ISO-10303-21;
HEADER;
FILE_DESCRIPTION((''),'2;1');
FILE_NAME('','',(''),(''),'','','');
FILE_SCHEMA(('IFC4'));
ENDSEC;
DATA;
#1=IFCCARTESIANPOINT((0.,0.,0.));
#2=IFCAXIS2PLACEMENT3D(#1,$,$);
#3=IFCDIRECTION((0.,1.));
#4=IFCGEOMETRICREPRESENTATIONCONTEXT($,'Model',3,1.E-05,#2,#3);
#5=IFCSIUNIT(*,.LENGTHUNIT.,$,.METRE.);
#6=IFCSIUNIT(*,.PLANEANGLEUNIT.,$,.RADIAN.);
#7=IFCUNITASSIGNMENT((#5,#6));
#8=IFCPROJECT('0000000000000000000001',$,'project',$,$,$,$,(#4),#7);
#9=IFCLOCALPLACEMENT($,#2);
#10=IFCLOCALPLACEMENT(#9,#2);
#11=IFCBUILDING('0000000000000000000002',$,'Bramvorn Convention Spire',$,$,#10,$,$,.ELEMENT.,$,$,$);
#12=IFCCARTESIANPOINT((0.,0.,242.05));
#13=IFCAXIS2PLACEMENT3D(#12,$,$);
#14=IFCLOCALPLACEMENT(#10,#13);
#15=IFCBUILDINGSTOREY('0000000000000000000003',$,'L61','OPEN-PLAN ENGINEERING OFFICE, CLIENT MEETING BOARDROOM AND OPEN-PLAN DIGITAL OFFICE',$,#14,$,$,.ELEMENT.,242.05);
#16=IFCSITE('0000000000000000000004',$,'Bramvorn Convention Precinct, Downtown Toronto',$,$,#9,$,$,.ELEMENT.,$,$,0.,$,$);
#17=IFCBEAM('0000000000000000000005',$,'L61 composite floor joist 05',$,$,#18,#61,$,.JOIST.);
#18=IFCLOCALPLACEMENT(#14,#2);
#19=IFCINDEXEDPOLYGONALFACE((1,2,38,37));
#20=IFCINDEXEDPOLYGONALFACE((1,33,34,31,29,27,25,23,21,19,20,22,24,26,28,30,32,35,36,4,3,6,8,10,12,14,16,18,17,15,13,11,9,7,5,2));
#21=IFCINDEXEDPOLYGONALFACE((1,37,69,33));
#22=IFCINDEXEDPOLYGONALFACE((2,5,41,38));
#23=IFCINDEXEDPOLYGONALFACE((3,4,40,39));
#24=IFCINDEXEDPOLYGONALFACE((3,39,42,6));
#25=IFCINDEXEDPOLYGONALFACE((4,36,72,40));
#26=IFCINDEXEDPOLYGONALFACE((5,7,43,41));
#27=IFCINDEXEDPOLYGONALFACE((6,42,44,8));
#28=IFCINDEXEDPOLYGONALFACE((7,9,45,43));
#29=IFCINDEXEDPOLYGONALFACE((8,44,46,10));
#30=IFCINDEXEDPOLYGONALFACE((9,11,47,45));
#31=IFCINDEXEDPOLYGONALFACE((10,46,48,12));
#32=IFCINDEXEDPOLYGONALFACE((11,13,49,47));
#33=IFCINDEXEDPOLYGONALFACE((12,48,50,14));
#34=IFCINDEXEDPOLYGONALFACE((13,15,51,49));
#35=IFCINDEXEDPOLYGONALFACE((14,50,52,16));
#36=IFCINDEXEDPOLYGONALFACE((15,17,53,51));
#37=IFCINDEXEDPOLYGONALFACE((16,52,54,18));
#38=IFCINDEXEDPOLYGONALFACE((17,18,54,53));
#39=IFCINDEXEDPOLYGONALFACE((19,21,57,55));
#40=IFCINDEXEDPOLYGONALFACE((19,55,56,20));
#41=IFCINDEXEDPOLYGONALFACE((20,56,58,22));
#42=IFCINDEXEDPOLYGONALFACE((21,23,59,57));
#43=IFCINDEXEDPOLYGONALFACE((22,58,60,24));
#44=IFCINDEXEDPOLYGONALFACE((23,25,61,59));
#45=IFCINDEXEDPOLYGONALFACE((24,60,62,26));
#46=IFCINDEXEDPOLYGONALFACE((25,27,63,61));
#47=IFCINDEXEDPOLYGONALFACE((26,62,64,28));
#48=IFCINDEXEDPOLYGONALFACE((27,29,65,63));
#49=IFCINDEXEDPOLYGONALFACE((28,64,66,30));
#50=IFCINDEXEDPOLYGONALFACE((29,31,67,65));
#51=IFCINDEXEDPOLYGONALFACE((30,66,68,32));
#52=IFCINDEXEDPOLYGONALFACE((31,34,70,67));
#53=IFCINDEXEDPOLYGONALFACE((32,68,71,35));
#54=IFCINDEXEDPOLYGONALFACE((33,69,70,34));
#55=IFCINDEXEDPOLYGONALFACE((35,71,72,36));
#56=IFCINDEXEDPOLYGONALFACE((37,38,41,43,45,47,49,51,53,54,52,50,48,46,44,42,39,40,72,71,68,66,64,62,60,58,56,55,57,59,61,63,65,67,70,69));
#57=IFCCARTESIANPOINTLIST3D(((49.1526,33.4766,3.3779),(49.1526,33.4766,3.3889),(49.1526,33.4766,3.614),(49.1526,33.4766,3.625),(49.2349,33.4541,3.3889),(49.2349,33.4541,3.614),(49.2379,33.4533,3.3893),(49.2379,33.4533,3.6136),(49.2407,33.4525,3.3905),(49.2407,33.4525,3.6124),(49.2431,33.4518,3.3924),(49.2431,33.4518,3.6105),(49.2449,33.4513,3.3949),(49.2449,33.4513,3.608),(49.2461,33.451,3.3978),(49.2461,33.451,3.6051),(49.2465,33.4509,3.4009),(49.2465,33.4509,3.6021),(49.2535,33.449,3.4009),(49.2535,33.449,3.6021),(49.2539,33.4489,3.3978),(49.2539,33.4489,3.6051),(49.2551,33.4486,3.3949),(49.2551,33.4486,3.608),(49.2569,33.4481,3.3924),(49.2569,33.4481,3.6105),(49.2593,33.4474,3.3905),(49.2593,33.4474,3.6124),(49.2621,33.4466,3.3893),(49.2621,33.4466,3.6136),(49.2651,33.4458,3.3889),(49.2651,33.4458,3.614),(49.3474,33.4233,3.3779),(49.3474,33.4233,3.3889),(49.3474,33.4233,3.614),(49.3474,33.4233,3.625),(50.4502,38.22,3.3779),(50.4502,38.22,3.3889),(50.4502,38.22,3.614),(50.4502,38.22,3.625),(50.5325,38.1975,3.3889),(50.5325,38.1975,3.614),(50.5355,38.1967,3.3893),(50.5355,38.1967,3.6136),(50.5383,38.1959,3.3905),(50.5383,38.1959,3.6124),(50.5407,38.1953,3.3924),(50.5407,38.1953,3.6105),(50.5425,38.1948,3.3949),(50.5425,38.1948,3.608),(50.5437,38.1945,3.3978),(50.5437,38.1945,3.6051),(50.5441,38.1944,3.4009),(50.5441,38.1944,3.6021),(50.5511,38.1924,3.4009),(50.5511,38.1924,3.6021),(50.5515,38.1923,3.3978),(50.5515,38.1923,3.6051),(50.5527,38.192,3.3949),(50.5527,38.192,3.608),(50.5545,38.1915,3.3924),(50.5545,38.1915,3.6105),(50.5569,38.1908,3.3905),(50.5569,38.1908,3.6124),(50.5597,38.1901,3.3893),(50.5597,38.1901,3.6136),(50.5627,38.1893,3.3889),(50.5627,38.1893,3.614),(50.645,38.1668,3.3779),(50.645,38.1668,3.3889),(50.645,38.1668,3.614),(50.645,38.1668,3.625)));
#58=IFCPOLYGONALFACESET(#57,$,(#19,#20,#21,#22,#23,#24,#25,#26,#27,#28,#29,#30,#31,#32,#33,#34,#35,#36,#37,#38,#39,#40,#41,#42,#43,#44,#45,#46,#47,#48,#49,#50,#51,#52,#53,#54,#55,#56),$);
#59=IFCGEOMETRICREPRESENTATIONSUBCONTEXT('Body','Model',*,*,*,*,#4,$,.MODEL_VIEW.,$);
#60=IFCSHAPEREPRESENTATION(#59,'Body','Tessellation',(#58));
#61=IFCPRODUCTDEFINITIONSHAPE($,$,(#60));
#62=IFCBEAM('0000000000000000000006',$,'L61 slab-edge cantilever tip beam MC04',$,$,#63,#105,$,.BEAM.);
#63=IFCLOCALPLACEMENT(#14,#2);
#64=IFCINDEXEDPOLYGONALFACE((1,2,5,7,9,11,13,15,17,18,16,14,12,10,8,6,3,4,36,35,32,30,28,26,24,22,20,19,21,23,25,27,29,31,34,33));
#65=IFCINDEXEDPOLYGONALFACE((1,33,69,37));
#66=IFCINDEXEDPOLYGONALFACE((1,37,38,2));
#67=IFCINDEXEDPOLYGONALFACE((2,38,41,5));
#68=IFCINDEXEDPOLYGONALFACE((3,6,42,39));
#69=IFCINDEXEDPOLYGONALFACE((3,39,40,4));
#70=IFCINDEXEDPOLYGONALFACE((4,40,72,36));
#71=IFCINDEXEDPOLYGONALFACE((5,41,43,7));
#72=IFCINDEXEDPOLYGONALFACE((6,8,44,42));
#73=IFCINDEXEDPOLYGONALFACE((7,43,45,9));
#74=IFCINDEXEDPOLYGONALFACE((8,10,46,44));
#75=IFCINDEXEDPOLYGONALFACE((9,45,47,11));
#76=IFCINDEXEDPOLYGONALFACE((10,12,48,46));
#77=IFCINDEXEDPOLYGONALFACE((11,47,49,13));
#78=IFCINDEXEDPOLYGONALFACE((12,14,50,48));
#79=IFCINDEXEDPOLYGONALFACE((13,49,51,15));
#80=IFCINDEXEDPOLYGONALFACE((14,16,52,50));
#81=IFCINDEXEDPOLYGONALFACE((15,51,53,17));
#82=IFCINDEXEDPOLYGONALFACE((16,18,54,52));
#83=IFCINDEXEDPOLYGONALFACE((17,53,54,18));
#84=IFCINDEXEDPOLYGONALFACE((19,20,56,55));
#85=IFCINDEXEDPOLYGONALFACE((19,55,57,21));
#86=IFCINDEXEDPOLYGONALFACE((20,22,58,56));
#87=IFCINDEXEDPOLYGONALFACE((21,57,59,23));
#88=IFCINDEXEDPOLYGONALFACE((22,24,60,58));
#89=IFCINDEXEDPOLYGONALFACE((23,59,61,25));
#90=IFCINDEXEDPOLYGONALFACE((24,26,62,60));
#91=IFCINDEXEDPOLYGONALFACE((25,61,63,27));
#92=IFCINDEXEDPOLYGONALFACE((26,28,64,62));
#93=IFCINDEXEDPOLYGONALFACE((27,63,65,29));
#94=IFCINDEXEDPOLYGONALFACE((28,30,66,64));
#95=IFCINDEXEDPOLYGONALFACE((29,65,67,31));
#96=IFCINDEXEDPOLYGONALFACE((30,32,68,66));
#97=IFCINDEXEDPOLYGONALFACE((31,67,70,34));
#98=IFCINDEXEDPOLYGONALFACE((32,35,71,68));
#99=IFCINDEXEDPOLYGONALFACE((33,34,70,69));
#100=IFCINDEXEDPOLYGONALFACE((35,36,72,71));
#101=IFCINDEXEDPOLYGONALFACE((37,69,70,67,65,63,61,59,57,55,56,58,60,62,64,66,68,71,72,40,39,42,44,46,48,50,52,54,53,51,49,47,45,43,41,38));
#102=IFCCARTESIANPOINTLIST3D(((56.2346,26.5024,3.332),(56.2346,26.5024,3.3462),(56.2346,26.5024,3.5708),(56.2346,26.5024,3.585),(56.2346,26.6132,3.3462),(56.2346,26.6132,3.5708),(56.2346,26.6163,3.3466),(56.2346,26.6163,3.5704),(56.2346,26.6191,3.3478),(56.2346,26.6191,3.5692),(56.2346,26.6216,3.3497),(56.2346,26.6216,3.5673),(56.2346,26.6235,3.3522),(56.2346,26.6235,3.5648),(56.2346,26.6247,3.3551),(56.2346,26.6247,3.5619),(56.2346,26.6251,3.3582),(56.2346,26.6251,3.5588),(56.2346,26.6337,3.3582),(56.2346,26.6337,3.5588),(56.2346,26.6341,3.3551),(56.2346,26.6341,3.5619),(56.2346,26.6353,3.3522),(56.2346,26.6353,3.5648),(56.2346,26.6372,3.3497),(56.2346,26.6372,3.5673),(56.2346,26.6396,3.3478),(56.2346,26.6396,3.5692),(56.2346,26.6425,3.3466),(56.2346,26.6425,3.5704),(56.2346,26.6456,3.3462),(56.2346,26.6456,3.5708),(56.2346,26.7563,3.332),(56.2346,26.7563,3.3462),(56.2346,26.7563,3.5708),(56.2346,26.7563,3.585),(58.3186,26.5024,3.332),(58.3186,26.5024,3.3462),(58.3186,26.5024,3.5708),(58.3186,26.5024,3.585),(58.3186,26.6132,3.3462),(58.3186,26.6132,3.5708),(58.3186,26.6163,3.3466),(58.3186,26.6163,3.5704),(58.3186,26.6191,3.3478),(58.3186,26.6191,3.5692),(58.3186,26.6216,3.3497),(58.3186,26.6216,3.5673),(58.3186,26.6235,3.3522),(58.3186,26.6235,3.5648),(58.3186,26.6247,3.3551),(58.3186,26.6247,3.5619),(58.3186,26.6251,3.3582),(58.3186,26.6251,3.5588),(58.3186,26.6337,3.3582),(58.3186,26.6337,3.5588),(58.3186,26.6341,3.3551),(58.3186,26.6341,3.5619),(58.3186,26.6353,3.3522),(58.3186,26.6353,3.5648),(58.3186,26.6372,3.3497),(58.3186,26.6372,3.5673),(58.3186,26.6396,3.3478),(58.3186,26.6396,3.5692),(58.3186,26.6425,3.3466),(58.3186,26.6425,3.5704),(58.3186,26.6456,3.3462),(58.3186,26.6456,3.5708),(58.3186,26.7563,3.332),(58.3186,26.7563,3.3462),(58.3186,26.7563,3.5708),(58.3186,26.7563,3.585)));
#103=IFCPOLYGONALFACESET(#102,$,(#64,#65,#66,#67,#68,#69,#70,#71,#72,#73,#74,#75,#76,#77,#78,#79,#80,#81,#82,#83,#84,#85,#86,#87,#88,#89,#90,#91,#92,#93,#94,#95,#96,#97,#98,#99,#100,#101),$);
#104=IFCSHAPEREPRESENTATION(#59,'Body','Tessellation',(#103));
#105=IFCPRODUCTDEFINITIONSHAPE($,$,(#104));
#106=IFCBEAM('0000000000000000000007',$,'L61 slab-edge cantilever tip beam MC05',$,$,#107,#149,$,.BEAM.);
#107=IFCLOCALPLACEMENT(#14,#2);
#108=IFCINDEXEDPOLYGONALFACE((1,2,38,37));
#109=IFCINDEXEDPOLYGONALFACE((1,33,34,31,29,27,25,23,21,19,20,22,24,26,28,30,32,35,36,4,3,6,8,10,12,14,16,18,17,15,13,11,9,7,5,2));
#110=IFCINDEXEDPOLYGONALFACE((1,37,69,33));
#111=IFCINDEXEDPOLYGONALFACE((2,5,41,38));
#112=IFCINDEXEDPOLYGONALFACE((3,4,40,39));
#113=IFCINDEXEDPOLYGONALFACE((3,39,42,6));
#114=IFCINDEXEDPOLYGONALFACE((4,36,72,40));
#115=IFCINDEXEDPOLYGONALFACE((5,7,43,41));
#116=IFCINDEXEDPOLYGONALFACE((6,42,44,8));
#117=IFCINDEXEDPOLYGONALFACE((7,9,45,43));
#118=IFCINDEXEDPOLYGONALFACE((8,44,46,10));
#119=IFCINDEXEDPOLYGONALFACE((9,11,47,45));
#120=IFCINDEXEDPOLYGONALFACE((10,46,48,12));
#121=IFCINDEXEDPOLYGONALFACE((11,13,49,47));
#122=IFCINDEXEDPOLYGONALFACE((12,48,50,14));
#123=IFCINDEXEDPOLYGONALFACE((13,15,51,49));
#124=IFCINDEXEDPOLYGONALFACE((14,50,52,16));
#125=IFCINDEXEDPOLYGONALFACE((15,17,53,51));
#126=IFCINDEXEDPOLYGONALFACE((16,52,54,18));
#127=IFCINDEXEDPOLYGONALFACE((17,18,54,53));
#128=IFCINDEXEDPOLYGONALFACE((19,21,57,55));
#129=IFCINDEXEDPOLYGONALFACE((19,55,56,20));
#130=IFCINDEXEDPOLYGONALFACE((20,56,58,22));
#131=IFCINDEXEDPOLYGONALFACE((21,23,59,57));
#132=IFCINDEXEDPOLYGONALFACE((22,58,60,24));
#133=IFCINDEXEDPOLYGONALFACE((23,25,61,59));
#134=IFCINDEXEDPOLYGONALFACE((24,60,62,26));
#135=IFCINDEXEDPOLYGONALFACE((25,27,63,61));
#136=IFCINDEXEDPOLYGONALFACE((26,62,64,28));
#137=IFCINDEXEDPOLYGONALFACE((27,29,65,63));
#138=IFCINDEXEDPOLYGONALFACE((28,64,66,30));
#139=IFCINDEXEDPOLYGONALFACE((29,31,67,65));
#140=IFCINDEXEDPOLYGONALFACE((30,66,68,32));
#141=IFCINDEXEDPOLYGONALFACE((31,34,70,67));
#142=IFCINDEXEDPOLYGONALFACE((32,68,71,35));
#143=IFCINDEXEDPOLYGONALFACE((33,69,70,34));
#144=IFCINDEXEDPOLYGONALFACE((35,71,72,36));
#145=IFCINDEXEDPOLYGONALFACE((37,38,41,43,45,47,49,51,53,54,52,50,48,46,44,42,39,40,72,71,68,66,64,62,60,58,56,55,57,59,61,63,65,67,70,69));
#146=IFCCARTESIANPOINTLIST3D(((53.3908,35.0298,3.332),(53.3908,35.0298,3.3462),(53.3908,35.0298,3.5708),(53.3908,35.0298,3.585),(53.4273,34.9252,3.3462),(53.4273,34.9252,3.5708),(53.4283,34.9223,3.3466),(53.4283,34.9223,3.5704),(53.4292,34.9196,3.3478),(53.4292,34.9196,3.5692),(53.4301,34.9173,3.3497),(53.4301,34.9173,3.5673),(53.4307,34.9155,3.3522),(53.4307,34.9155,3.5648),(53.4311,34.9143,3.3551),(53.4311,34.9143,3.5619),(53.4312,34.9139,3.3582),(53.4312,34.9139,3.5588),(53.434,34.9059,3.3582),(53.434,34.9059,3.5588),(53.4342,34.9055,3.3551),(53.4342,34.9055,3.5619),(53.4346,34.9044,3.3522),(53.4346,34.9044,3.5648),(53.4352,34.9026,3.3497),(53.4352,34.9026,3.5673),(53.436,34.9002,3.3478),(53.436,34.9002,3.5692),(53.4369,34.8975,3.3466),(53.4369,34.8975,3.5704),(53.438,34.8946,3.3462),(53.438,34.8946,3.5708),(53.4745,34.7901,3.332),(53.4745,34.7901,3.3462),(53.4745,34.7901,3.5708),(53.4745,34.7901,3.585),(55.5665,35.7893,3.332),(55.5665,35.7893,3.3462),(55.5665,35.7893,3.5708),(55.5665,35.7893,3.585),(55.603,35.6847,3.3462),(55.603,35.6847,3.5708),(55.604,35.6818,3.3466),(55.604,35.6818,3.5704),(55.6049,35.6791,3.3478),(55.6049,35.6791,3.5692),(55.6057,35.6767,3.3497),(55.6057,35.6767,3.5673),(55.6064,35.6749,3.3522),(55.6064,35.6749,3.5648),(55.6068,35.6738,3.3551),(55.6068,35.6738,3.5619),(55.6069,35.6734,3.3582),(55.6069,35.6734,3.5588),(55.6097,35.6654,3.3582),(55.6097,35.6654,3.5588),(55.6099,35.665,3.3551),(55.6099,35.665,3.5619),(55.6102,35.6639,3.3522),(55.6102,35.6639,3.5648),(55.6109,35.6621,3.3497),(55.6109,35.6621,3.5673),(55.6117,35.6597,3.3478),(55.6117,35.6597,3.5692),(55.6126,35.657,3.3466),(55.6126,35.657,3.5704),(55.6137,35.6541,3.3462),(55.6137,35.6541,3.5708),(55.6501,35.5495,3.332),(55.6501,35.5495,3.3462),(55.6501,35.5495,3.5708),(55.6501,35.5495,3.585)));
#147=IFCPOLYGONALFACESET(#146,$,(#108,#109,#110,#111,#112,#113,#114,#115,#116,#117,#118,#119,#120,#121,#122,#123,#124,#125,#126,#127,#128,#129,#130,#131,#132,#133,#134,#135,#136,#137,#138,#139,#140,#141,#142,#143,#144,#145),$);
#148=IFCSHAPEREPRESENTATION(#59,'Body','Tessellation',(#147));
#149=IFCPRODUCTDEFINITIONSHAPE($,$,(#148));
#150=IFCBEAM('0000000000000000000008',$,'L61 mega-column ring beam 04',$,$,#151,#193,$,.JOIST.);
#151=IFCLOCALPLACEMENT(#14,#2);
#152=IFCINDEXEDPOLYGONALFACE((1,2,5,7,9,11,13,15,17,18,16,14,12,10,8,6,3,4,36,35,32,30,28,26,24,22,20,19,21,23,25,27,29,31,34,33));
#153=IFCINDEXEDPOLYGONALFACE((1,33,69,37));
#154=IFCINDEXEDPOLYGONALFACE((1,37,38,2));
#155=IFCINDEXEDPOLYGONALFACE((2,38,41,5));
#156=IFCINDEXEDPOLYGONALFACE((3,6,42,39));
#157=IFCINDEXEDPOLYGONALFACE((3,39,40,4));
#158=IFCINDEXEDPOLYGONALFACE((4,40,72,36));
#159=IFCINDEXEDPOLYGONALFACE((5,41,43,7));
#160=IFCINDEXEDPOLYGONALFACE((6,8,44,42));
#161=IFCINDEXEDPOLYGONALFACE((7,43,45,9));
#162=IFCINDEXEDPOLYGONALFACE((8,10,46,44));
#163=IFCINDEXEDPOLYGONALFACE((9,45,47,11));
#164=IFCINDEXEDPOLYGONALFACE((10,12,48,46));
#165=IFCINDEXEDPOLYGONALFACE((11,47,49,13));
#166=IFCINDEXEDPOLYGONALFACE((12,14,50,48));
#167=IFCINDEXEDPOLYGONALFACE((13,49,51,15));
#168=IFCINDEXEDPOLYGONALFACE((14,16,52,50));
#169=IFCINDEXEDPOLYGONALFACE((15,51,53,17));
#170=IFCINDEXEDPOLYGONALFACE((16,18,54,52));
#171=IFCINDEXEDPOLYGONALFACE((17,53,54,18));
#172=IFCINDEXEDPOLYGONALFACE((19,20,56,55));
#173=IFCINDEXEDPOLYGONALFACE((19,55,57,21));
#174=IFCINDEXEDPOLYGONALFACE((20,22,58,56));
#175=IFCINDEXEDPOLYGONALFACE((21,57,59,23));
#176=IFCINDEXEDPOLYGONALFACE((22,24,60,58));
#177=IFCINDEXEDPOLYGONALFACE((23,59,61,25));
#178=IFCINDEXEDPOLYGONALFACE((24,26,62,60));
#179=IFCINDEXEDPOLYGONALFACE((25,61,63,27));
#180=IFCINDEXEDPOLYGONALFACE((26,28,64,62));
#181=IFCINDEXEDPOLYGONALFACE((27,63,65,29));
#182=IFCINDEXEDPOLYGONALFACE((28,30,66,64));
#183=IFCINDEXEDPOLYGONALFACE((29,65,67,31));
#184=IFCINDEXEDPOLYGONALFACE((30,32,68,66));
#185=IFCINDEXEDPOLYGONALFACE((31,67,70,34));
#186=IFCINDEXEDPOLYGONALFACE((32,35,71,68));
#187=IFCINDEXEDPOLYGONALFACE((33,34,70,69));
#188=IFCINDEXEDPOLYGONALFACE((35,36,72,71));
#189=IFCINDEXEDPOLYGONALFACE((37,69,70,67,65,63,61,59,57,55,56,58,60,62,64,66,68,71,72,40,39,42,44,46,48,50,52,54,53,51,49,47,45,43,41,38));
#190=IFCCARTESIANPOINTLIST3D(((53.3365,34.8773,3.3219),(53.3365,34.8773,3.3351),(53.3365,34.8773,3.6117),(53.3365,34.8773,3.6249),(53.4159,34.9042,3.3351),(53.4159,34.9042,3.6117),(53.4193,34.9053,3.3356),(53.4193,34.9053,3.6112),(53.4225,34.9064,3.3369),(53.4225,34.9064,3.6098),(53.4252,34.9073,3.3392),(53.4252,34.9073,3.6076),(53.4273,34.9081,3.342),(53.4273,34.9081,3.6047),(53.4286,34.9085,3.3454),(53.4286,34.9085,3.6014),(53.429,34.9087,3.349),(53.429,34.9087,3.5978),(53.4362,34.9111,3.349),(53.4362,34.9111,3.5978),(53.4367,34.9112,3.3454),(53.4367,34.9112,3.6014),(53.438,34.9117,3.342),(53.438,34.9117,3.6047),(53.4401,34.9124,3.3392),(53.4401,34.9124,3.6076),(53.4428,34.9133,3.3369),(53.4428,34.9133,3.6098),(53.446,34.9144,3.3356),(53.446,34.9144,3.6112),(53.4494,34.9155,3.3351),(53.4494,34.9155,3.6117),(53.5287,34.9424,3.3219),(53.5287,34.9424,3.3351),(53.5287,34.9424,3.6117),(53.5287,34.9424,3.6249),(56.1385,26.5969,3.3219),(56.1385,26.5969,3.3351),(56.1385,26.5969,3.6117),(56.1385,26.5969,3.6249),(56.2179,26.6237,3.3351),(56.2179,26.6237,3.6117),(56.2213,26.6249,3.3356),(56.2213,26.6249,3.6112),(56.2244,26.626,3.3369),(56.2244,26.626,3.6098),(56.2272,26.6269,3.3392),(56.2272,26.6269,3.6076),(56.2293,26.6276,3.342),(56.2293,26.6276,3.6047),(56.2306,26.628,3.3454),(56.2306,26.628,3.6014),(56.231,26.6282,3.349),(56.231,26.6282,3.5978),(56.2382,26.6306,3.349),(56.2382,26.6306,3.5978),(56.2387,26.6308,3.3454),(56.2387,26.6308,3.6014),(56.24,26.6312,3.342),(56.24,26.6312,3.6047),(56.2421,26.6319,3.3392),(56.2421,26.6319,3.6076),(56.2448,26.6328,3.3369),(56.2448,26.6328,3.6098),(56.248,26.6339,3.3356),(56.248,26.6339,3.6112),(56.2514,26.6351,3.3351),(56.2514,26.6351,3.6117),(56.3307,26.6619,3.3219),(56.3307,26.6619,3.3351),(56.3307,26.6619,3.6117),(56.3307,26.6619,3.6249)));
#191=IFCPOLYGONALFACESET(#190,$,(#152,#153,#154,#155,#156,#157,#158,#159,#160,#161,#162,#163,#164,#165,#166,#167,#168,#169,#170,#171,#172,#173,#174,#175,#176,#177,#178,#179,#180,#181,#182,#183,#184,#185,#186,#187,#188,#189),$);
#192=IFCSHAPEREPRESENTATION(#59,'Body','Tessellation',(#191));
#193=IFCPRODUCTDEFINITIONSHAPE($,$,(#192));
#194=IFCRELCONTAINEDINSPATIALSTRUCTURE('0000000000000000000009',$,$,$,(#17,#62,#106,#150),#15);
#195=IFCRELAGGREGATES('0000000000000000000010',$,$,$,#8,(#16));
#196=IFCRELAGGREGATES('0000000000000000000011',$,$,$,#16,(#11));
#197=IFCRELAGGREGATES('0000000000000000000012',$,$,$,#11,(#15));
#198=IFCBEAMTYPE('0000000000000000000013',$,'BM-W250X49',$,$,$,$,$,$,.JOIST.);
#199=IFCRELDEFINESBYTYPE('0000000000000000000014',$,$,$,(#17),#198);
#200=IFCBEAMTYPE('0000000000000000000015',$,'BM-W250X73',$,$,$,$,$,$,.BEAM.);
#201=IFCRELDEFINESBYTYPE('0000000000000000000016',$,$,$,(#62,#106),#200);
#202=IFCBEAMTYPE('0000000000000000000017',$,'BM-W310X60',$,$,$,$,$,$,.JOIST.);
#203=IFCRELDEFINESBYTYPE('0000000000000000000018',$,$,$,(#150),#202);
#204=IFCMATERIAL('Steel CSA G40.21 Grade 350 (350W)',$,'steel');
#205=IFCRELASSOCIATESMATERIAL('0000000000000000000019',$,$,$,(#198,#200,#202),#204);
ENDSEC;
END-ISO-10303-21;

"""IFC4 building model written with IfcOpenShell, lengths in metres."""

from ifc_helpers import new_model, si_unit, direction, frame, origin, origin_2d, place, context, subcontext, project, spatial, i_section, extrude, material, material_profile, profile_set, type_object, element, save


model = new_model("IFC4")

# Units and contexts
model_context = context("Model", 3, precision=1e-05, world=origin(), true_north=direction((0.0, 1.0)))
body_context = subcontext(model_context, "Body", "Model", "MODEL_VIEW")
ifc_project = project(units=[si_unit("LENGTHUNIT", "METRE"), si_unit("PLANEANGLEUNIT", "RADIAN")], contexts=[model_context])

# Site, building, storey
site_placement = place(None, origin())
site = spatial("IfcSite", under=ifc_project, at=site_placement, Name="Bramvorn Convention Precinct, Downtown Toronto", CompositionType="ELEMENT", RefElevation=0.0)
building_placement = place(site_placement, origin())
building = spatial("IfcBuilding", under=site, at=building_placement, Name="Bramvorn Convention Spire", CompositionType="ELEMENT")
storey_placement = place(building_placement, frame((0.0, 0.0, 242.05)))
storey = spatial("IfcBuildingStorey", under=building, at=storey_placement, Name="L61", Description="OPEN-PLAN ENGINEERING OFFICE, CLIENT MEETING BOARDROOM AND OPEN-PLAN DIGITAL OFFICE", CompositionType="ELEMENT", Elevation=242.05)

# Shared definitions
ifc_material_1 = material(Name="Steel CSA G40.21 Grade 350 (350W)", Category="steel")

# Beams
ifc_material_profile_1 = material_profile(ifc_material_1, i_section(OverallWidth=0.2019, OverallDepth=0.2471, WebThickness=0.0073, FlangeThickness=0.011, FilletRadius=0.012, at=origin_2d()))
ifc_profile_set_1 = profile_set([ifc_material_profile_1], Name="Steel CSA G40.21 Grade 350 (350W) - W250X49")
beam_type_1 = type_object("IfcBeamType", Name="BM-W250X49", PredefinedType="JOIST", material=ifc_profile_set_1)
beam_1_placement = place(storey_placement, frame((49.25, 33.45, 3.5015), z_axis=(0.263865, 0.96456, 0.0), x_axis=(-0.96456, 0.263865, 0.0)))
element("IfcBeam", 1, at=beam_1_placement, inside=storey, type_object=beam_type_1, Name="L61 composite floor joist 05", PredefinedType="JOIST", context=body_context, shape_type="SweptSolid", body=[
    extrude(i_section(OverallWidth=0.2019, OverallDepth=0.2471, WebThickness=0.0073, FlangeThickness=0.011, FilletRadius=0.012, at=origin_2d()), origin(), (0.0, 0.0, 1.0), 4.9177),
])
ifc_material_profile_2 = material_profile(ifc_material_1, i_section(OverallWidth=0.2539, OverallDepth=0.2529, WebThickness=0.0085, FlangeThickness=0.0142, FilletRadius=0.012, at=origin_2d()))
ifc_profile_set_2 = profile_set([ifc_material_profile_2], Name="Steel CSA G40.21 Grade 350 (350W) - W250X73")
beam_type_2 = type_object("IfcBeamType", Name="BM-W250X73", PredefinedType="BEAM", material=ifc_profile_set_2)
beam_2_placement = place(storey_placement, frame((56.2346, 26.6294, 3.4585), z_axis=(1.0, 0.0, 0.0), x_axis=(0.0, 1.0, 0.0)))
element("IfcBeam", 2, at=beam_2_placement, inside=storey, type_object=beam_type_2, Name="L61 slab-edge cantilever tip beam MC04", PredefinedType="BEAM", context=body_context, shape_type="SweptSolid", body=[
    extrude(i_section(OverallWidth=0.2539, OverallDepth=0.2529, WebThickness=0.0085, FlangeThickness=0.0142, FilletRadius=0.012, at=origin_2d()), origin(), (0.0, 0.0, 1.0), 2.084),
])
beam_3_placement = place(storey_placement, frame((53.4326, 34.9099, 3.4585), z_axis=(0.944129, 0.329576, 0.0), x_axis=(-0.329576, 0.944129, 0.0)))
element("IfcBeam", 3, at=beam_3_placement, inside=storey, type_object=beam_type_2, Name="L61 slab-edge cantilever tip beam MC05", PredefinedType="BEAM", context=body_context, shape_type="SweptSolid", body=[
    extrude(i_section(OverallWidth=0.2539, OverallDepth=0.2529, WebThickness=0.0085, FlangeThickness=0.0142, FilletRadius=0.012, at=origin_2d()), origin(), (0.0, 0.0, 1.0), 2.3044),
])
ifc_material_profile_3 = material_profile(ifc_material_1, i_section(OverallWidth=0.2029, OverallDepth=0.303, WebThickness=0.0076, FlangeThickness=0.0132, FilletRadius=0.0139, at=origin_2d()))
ifc_profile_set_3 = profile_set([ifc_material_profile_3], Name="Steel CSA G40.21 Grade 350 (350W) - W310X60")
beam_type_3 = type_object("IfcBeamType", Name="BM-W310X60", PredefinedType="JOIST", material=ifc_profile_set_3)
beam_4_placement = place(storey_placement, frame((56.2346, 26.6294, 3.4734), z_axis=(-0.320531, 0.947238, 0.0), x_axis=(-0.947238, -0.320531, 0.0)))
element("IfcBeam", 4, at=beam_4_placement, inside=storey, type_object=beam_type_3, Name="L61 mega-column ring beam 04", PredefinedType="JOIST", context=body_context, shape_type="SweptSolid", body=[
    extrude(i_section(OverallWidth=0.2029, OverallDepth=0.303, WebThickness=0.0076, FlangeThickness=0.0132, FilletRadius=0.0139, at=origin_2d()), origin(), (0.0, 0.0, 1.0), 8.7417),
])

save(model, "model.ifc")
